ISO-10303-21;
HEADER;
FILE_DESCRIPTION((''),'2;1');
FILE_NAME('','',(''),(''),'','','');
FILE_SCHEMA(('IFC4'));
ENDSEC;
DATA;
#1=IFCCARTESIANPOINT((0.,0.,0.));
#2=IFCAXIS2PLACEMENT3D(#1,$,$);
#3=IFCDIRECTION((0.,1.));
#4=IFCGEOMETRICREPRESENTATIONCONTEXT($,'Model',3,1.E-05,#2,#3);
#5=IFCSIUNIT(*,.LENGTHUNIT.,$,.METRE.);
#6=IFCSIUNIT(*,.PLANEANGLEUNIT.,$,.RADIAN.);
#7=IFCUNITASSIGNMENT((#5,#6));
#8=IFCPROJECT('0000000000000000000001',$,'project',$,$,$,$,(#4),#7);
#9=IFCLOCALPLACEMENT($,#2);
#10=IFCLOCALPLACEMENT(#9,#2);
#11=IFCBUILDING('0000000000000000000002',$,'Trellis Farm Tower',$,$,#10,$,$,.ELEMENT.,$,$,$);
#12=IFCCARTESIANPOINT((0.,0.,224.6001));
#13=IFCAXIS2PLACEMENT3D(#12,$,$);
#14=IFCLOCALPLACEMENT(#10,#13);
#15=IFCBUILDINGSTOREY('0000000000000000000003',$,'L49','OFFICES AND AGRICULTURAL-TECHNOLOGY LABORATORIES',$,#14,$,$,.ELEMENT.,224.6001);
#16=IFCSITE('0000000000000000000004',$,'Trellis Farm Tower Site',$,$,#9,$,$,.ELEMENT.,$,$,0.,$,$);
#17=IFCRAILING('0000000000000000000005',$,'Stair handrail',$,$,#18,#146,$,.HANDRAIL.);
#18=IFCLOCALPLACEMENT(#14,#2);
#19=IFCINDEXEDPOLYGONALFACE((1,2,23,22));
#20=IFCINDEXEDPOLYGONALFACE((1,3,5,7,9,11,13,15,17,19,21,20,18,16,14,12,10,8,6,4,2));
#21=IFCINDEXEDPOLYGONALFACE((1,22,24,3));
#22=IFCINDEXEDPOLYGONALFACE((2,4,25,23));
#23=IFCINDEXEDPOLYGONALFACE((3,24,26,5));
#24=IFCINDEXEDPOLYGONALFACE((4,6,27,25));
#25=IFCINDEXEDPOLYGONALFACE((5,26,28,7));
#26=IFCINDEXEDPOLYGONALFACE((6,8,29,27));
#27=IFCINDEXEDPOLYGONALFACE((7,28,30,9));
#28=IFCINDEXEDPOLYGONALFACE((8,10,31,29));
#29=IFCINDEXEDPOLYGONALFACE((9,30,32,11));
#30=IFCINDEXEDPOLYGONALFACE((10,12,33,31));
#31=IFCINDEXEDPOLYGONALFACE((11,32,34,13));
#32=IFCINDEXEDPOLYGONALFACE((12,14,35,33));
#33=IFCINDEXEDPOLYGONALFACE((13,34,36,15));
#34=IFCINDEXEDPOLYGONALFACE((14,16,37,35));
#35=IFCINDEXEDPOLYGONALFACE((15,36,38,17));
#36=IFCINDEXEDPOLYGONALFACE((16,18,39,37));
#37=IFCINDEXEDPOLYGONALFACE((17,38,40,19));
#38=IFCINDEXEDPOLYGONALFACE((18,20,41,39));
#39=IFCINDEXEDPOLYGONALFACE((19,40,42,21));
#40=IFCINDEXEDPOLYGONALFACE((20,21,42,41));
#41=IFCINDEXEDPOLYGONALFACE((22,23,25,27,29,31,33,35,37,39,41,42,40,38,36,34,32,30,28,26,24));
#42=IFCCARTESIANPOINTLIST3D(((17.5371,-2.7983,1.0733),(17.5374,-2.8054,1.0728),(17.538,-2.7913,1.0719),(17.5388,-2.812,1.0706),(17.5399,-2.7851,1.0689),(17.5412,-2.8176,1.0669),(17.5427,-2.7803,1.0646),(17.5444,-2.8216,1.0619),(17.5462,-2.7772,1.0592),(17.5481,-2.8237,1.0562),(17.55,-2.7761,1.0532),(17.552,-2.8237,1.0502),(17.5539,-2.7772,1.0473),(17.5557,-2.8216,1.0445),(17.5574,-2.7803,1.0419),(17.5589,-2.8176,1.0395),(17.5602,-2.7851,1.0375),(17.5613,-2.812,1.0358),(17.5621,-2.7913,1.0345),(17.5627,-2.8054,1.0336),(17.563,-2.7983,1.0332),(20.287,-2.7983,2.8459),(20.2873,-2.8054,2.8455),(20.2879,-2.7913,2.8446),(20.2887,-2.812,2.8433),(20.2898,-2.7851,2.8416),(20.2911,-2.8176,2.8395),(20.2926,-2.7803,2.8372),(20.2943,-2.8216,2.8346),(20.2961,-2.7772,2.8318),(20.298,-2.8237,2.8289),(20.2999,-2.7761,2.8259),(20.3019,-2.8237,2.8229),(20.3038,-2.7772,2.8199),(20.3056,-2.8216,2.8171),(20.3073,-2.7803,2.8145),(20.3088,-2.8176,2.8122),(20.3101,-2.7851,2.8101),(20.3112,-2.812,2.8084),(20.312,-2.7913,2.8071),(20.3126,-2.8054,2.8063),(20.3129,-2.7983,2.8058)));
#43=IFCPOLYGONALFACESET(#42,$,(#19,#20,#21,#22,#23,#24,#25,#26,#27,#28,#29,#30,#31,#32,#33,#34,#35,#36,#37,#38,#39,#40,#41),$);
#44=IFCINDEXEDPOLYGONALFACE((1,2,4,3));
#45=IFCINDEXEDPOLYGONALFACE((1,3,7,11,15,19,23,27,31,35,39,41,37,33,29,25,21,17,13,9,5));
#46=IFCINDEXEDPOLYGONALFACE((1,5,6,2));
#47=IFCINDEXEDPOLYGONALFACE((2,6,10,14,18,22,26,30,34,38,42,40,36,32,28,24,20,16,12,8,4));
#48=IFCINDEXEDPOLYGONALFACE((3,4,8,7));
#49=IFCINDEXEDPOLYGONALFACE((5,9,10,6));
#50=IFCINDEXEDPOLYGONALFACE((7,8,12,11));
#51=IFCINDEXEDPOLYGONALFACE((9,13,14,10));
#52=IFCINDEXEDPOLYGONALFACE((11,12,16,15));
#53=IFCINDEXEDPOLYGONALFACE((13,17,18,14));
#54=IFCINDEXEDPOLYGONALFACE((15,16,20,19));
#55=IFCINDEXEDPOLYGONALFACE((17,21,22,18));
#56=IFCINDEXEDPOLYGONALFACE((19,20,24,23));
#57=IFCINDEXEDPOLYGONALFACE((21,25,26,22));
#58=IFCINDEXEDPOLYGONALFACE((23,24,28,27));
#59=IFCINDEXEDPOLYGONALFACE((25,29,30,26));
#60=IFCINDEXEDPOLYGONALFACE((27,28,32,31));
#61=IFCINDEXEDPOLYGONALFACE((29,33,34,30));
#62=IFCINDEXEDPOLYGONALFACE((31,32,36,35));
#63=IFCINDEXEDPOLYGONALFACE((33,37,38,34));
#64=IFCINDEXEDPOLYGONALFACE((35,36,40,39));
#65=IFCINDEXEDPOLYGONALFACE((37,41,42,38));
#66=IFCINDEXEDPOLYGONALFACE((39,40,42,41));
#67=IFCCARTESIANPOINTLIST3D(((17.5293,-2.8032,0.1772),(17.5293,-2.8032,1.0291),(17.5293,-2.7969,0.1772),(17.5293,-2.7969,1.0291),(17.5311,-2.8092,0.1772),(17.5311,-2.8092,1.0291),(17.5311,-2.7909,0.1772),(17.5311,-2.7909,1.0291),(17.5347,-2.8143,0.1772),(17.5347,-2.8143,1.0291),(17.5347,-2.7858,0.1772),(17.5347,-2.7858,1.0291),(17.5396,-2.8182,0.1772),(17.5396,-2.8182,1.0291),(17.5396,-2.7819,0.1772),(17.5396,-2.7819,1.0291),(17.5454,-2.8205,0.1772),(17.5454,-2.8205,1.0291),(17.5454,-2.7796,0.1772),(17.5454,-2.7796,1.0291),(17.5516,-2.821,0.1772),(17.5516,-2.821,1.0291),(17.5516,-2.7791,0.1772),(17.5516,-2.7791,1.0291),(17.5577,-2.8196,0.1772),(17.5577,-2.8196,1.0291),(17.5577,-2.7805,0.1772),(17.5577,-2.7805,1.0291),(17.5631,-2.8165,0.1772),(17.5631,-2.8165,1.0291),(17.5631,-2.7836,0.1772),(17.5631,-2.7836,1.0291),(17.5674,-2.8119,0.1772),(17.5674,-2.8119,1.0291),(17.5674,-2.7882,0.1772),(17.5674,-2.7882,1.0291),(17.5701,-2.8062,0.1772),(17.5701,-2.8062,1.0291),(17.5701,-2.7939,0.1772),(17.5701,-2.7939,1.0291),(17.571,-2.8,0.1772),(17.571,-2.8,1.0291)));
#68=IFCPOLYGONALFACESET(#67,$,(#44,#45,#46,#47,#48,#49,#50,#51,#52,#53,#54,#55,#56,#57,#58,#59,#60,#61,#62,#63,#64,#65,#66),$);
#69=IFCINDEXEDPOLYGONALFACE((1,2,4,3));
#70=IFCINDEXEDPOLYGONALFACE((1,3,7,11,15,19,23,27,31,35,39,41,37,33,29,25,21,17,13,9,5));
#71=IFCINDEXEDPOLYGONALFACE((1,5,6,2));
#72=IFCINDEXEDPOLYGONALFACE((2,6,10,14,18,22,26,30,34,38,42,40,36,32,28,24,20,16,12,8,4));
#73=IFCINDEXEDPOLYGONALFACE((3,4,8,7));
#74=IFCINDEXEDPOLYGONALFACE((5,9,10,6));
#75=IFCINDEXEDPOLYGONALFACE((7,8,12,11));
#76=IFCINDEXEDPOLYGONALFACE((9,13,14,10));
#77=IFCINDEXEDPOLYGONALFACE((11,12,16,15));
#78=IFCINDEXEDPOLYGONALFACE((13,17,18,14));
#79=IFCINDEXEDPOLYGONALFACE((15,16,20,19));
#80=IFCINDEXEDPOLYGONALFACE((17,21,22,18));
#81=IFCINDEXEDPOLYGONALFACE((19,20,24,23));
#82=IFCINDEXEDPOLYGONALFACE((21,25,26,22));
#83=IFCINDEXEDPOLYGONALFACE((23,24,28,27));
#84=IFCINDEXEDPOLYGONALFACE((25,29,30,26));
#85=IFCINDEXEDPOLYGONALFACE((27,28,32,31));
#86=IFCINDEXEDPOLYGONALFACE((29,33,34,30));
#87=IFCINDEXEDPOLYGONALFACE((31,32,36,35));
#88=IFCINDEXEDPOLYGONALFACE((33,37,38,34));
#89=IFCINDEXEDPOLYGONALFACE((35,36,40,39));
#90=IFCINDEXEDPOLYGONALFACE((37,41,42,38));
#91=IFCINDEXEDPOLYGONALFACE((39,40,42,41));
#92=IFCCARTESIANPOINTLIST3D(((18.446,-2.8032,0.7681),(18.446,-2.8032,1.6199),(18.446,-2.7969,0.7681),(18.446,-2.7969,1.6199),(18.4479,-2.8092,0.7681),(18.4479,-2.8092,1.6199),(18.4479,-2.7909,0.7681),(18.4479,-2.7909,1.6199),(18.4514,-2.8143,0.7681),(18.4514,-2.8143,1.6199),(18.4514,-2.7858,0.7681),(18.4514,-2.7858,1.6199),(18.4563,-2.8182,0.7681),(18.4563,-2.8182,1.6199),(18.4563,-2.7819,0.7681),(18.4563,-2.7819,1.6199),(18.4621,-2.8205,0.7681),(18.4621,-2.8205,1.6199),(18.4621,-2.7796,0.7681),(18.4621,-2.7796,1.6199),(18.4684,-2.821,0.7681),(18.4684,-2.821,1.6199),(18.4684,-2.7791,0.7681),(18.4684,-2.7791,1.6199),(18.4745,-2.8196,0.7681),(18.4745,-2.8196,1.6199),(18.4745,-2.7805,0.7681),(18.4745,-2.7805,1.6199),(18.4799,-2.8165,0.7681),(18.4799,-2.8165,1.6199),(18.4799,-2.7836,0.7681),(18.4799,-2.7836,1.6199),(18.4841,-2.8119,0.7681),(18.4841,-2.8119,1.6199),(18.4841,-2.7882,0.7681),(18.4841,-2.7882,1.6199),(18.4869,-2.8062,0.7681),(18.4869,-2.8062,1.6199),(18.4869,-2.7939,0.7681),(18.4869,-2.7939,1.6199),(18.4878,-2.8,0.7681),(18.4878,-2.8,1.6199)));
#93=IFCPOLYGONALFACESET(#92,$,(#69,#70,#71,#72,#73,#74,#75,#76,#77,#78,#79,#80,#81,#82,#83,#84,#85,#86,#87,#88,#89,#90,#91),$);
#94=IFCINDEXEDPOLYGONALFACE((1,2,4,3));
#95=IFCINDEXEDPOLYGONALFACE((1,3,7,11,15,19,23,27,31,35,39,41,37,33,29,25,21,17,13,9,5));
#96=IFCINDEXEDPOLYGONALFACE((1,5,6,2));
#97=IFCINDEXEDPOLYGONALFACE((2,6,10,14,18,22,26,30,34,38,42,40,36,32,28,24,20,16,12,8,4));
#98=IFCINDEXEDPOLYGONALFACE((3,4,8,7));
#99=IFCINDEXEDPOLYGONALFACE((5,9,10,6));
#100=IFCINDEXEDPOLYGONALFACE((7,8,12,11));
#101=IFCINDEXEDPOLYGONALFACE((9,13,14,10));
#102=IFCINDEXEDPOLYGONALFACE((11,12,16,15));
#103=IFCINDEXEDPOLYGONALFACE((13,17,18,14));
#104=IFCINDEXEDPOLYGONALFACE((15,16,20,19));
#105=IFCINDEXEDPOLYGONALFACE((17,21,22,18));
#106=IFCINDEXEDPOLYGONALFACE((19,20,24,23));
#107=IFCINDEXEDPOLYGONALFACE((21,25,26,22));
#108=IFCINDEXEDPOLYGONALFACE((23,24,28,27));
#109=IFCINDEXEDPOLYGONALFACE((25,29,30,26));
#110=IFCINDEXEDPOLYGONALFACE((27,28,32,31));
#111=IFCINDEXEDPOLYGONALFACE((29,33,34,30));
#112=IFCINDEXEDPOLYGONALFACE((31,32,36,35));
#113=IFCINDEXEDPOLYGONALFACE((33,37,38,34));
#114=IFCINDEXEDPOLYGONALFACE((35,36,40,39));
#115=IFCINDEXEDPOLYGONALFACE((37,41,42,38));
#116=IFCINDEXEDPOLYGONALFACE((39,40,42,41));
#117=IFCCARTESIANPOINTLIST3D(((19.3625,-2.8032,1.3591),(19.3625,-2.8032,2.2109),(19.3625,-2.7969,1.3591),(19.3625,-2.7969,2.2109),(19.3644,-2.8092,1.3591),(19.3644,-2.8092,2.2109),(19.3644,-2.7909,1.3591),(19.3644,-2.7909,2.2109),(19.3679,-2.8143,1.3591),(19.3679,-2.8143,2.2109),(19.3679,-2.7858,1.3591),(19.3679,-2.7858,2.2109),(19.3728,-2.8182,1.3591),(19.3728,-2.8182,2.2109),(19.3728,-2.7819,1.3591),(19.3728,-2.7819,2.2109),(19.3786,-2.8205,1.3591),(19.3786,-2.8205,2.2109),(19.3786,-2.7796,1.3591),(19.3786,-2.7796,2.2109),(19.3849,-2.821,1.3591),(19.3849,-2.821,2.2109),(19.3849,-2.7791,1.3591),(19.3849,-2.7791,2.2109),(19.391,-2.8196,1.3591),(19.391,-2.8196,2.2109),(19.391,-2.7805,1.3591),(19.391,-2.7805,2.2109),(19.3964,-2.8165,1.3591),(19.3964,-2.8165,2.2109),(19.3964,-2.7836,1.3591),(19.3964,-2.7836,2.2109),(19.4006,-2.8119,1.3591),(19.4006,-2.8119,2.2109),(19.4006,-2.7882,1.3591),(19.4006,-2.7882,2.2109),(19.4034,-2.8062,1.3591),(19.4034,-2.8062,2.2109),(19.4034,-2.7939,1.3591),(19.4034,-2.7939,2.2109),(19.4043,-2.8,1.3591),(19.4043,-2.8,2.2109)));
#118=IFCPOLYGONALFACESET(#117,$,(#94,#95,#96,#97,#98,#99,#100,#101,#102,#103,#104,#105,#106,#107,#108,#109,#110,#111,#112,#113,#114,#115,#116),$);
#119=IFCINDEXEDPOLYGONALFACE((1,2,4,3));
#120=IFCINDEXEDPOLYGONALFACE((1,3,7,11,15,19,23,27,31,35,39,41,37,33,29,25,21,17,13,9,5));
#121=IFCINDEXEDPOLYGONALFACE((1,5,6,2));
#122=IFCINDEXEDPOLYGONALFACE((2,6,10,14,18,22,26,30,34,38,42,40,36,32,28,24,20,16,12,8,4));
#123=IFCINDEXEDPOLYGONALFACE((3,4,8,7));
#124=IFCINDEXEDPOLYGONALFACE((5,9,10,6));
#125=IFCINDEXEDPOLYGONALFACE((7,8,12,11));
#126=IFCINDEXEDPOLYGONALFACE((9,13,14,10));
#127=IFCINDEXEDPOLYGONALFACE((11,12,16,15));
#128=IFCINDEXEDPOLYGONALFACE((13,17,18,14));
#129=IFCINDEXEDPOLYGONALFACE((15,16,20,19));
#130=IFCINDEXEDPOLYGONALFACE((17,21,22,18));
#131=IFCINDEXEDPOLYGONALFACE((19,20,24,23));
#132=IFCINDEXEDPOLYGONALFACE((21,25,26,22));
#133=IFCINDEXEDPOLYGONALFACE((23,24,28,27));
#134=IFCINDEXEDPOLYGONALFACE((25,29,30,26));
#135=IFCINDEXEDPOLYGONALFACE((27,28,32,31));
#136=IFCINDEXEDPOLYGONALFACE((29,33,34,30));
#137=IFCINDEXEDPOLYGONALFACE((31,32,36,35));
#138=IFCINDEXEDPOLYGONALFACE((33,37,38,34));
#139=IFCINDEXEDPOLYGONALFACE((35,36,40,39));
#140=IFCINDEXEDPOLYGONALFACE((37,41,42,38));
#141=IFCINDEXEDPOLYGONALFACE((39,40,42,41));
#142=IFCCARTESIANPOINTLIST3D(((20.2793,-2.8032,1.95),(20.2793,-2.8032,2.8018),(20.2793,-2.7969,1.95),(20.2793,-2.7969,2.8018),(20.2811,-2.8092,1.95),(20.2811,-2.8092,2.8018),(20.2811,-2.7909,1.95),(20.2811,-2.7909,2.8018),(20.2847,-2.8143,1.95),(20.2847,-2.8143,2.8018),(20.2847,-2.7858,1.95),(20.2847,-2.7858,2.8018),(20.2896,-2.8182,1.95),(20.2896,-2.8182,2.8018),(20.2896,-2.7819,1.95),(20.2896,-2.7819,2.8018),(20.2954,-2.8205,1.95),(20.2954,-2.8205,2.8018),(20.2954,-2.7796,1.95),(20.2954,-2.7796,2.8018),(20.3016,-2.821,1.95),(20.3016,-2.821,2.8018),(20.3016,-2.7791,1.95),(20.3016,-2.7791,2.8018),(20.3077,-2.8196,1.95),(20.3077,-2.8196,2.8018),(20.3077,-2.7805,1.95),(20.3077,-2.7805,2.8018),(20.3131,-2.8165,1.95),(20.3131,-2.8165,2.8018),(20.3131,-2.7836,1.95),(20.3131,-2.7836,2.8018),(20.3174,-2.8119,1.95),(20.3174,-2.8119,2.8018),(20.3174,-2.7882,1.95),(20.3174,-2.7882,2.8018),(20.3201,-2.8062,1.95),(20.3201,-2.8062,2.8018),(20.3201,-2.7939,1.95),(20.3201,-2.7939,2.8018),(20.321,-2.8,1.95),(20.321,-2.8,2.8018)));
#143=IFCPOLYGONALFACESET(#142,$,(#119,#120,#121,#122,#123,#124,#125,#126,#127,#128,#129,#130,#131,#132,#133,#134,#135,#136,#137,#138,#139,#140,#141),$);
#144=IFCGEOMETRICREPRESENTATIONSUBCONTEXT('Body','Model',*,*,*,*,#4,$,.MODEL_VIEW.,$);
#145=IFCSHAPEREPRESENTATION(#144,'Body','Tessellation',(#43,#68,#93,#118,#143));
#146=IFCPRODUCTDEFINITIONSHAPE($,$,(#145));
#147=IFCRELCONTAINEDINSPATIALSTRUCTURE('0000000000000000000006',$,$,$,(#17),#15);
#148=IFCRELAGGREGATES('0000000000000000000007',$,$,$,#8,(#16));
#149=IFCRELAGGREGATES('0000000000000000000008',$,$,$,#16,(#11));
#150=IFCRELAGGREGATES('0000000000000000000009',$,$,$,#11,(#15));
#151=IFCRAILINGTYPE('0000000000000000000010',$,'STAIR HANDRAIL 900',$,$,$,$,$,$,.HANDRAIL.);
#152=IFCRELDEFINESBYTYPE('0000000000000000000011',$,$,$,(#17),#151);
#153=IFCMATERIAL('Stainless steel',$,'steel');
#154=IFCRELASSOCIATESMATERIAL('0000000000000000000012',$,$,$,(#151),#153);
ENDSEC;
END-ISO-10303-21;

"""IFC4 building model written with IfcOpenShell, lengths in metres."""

from ifc_helpers import new_model, si_unit, direction, frame, origin, origin_2d, place, context, subcontext, project, spatial, circle, extrude, source, transform, mapped, material, type_object, element, save


model = new_model("IFC4")

# Units and contexts
model_context = context("Model", 3, precision=1e-05, world=origin(), true_north=direction((0.0, 1.0)))
body_context = subcontext(model_context, "Body", "Model", "MODEL_VIEW")
ifc_project = project(units=[si_unit("LENGTHUNIT", "METRE"), si_unit("PLANEANGLEUNIT", "RADIAN")], contexts=[model_context])

# Site, building, storey
site_placement = place(None, origin())
site = spatial("IfcSite", under=ifc_project, at=site_placement, Name="Trellis Farm Tower Site", CompositionType="ELEMENT", RefElevation=0.0)
building_placement = place(site_placement, origin())
building = spatial("IfcBuilding", under=site, at=building_placement, Name="Trellis Farm Tower", CompositionType="ELEMENT")
storey_placement = place(building_placement, frame((0.0, 0.0, 224.6001)))
storey = spatial("IfcBuildingStorey", under=building, at=storey_placement, Name="L49", Description="OFFICES AND AGRICULTURAL-TECHNOLOGY LABORATORIES", CompositionType="ELEMENT", Elevation=224.6001)

# Railing
ifc_material_1 = material(Name="Stainless steel", Category="steel")
railing_type = type_object("IfcRailingType", Name="STAIR HANDRAIL 900", PredefinedType="HANDRAIL", material=ifc_material_1)
shared_shape_1 = source(origin(), body_context, "Body", "SweptSolid", [
    extrude(circle(Radius=0.0239, at=origin_2d()), frame((0.0, 0.0, 0.876), z_axis=(0.840504, 0.0, 0.541806), x_axis=(0.0, 1.0, 0.0)), (0.0, 0.0, 1.0), 3.2717),
    extrude(circle(Radius=0.021, at=origin_2d()), origin(), (0.0, 0.0, 1.0), 0.8518),
    extrude(circle(Radius=0.021, at=origin_2d()), frame((0.9167, 0.0, 0.5908)), (0.0, 0.0, 1.0), 0.8518),
    extrude(circle(Radius=0.021, at=origin_2d()), frame((1.8333, 0.0, 1.1819)), (0.0, 0.0, 1.0), 0.8518),
    extrude(circle(Radius=0.021, at=origin_2d()), frame((2.75, 0.0, 1.7727)), (0.0, 0.0, 1.0), 0.8518),
])
railing_placement = place(storey_placement, frame((17.55, -2.8, 0.1772)))
element("IfcRailing", 1, at=railing_placement, inside=storey, type_object=railing_type, Name="Stair handrail", PredefinedType="HANDRAIL", context=body_context, shape_type="MappedRepresentation", body=[
    mapped(shared_shape_1, transform((0.0, 0.0, 0.0))),
])

save(model, "model.ifc")
